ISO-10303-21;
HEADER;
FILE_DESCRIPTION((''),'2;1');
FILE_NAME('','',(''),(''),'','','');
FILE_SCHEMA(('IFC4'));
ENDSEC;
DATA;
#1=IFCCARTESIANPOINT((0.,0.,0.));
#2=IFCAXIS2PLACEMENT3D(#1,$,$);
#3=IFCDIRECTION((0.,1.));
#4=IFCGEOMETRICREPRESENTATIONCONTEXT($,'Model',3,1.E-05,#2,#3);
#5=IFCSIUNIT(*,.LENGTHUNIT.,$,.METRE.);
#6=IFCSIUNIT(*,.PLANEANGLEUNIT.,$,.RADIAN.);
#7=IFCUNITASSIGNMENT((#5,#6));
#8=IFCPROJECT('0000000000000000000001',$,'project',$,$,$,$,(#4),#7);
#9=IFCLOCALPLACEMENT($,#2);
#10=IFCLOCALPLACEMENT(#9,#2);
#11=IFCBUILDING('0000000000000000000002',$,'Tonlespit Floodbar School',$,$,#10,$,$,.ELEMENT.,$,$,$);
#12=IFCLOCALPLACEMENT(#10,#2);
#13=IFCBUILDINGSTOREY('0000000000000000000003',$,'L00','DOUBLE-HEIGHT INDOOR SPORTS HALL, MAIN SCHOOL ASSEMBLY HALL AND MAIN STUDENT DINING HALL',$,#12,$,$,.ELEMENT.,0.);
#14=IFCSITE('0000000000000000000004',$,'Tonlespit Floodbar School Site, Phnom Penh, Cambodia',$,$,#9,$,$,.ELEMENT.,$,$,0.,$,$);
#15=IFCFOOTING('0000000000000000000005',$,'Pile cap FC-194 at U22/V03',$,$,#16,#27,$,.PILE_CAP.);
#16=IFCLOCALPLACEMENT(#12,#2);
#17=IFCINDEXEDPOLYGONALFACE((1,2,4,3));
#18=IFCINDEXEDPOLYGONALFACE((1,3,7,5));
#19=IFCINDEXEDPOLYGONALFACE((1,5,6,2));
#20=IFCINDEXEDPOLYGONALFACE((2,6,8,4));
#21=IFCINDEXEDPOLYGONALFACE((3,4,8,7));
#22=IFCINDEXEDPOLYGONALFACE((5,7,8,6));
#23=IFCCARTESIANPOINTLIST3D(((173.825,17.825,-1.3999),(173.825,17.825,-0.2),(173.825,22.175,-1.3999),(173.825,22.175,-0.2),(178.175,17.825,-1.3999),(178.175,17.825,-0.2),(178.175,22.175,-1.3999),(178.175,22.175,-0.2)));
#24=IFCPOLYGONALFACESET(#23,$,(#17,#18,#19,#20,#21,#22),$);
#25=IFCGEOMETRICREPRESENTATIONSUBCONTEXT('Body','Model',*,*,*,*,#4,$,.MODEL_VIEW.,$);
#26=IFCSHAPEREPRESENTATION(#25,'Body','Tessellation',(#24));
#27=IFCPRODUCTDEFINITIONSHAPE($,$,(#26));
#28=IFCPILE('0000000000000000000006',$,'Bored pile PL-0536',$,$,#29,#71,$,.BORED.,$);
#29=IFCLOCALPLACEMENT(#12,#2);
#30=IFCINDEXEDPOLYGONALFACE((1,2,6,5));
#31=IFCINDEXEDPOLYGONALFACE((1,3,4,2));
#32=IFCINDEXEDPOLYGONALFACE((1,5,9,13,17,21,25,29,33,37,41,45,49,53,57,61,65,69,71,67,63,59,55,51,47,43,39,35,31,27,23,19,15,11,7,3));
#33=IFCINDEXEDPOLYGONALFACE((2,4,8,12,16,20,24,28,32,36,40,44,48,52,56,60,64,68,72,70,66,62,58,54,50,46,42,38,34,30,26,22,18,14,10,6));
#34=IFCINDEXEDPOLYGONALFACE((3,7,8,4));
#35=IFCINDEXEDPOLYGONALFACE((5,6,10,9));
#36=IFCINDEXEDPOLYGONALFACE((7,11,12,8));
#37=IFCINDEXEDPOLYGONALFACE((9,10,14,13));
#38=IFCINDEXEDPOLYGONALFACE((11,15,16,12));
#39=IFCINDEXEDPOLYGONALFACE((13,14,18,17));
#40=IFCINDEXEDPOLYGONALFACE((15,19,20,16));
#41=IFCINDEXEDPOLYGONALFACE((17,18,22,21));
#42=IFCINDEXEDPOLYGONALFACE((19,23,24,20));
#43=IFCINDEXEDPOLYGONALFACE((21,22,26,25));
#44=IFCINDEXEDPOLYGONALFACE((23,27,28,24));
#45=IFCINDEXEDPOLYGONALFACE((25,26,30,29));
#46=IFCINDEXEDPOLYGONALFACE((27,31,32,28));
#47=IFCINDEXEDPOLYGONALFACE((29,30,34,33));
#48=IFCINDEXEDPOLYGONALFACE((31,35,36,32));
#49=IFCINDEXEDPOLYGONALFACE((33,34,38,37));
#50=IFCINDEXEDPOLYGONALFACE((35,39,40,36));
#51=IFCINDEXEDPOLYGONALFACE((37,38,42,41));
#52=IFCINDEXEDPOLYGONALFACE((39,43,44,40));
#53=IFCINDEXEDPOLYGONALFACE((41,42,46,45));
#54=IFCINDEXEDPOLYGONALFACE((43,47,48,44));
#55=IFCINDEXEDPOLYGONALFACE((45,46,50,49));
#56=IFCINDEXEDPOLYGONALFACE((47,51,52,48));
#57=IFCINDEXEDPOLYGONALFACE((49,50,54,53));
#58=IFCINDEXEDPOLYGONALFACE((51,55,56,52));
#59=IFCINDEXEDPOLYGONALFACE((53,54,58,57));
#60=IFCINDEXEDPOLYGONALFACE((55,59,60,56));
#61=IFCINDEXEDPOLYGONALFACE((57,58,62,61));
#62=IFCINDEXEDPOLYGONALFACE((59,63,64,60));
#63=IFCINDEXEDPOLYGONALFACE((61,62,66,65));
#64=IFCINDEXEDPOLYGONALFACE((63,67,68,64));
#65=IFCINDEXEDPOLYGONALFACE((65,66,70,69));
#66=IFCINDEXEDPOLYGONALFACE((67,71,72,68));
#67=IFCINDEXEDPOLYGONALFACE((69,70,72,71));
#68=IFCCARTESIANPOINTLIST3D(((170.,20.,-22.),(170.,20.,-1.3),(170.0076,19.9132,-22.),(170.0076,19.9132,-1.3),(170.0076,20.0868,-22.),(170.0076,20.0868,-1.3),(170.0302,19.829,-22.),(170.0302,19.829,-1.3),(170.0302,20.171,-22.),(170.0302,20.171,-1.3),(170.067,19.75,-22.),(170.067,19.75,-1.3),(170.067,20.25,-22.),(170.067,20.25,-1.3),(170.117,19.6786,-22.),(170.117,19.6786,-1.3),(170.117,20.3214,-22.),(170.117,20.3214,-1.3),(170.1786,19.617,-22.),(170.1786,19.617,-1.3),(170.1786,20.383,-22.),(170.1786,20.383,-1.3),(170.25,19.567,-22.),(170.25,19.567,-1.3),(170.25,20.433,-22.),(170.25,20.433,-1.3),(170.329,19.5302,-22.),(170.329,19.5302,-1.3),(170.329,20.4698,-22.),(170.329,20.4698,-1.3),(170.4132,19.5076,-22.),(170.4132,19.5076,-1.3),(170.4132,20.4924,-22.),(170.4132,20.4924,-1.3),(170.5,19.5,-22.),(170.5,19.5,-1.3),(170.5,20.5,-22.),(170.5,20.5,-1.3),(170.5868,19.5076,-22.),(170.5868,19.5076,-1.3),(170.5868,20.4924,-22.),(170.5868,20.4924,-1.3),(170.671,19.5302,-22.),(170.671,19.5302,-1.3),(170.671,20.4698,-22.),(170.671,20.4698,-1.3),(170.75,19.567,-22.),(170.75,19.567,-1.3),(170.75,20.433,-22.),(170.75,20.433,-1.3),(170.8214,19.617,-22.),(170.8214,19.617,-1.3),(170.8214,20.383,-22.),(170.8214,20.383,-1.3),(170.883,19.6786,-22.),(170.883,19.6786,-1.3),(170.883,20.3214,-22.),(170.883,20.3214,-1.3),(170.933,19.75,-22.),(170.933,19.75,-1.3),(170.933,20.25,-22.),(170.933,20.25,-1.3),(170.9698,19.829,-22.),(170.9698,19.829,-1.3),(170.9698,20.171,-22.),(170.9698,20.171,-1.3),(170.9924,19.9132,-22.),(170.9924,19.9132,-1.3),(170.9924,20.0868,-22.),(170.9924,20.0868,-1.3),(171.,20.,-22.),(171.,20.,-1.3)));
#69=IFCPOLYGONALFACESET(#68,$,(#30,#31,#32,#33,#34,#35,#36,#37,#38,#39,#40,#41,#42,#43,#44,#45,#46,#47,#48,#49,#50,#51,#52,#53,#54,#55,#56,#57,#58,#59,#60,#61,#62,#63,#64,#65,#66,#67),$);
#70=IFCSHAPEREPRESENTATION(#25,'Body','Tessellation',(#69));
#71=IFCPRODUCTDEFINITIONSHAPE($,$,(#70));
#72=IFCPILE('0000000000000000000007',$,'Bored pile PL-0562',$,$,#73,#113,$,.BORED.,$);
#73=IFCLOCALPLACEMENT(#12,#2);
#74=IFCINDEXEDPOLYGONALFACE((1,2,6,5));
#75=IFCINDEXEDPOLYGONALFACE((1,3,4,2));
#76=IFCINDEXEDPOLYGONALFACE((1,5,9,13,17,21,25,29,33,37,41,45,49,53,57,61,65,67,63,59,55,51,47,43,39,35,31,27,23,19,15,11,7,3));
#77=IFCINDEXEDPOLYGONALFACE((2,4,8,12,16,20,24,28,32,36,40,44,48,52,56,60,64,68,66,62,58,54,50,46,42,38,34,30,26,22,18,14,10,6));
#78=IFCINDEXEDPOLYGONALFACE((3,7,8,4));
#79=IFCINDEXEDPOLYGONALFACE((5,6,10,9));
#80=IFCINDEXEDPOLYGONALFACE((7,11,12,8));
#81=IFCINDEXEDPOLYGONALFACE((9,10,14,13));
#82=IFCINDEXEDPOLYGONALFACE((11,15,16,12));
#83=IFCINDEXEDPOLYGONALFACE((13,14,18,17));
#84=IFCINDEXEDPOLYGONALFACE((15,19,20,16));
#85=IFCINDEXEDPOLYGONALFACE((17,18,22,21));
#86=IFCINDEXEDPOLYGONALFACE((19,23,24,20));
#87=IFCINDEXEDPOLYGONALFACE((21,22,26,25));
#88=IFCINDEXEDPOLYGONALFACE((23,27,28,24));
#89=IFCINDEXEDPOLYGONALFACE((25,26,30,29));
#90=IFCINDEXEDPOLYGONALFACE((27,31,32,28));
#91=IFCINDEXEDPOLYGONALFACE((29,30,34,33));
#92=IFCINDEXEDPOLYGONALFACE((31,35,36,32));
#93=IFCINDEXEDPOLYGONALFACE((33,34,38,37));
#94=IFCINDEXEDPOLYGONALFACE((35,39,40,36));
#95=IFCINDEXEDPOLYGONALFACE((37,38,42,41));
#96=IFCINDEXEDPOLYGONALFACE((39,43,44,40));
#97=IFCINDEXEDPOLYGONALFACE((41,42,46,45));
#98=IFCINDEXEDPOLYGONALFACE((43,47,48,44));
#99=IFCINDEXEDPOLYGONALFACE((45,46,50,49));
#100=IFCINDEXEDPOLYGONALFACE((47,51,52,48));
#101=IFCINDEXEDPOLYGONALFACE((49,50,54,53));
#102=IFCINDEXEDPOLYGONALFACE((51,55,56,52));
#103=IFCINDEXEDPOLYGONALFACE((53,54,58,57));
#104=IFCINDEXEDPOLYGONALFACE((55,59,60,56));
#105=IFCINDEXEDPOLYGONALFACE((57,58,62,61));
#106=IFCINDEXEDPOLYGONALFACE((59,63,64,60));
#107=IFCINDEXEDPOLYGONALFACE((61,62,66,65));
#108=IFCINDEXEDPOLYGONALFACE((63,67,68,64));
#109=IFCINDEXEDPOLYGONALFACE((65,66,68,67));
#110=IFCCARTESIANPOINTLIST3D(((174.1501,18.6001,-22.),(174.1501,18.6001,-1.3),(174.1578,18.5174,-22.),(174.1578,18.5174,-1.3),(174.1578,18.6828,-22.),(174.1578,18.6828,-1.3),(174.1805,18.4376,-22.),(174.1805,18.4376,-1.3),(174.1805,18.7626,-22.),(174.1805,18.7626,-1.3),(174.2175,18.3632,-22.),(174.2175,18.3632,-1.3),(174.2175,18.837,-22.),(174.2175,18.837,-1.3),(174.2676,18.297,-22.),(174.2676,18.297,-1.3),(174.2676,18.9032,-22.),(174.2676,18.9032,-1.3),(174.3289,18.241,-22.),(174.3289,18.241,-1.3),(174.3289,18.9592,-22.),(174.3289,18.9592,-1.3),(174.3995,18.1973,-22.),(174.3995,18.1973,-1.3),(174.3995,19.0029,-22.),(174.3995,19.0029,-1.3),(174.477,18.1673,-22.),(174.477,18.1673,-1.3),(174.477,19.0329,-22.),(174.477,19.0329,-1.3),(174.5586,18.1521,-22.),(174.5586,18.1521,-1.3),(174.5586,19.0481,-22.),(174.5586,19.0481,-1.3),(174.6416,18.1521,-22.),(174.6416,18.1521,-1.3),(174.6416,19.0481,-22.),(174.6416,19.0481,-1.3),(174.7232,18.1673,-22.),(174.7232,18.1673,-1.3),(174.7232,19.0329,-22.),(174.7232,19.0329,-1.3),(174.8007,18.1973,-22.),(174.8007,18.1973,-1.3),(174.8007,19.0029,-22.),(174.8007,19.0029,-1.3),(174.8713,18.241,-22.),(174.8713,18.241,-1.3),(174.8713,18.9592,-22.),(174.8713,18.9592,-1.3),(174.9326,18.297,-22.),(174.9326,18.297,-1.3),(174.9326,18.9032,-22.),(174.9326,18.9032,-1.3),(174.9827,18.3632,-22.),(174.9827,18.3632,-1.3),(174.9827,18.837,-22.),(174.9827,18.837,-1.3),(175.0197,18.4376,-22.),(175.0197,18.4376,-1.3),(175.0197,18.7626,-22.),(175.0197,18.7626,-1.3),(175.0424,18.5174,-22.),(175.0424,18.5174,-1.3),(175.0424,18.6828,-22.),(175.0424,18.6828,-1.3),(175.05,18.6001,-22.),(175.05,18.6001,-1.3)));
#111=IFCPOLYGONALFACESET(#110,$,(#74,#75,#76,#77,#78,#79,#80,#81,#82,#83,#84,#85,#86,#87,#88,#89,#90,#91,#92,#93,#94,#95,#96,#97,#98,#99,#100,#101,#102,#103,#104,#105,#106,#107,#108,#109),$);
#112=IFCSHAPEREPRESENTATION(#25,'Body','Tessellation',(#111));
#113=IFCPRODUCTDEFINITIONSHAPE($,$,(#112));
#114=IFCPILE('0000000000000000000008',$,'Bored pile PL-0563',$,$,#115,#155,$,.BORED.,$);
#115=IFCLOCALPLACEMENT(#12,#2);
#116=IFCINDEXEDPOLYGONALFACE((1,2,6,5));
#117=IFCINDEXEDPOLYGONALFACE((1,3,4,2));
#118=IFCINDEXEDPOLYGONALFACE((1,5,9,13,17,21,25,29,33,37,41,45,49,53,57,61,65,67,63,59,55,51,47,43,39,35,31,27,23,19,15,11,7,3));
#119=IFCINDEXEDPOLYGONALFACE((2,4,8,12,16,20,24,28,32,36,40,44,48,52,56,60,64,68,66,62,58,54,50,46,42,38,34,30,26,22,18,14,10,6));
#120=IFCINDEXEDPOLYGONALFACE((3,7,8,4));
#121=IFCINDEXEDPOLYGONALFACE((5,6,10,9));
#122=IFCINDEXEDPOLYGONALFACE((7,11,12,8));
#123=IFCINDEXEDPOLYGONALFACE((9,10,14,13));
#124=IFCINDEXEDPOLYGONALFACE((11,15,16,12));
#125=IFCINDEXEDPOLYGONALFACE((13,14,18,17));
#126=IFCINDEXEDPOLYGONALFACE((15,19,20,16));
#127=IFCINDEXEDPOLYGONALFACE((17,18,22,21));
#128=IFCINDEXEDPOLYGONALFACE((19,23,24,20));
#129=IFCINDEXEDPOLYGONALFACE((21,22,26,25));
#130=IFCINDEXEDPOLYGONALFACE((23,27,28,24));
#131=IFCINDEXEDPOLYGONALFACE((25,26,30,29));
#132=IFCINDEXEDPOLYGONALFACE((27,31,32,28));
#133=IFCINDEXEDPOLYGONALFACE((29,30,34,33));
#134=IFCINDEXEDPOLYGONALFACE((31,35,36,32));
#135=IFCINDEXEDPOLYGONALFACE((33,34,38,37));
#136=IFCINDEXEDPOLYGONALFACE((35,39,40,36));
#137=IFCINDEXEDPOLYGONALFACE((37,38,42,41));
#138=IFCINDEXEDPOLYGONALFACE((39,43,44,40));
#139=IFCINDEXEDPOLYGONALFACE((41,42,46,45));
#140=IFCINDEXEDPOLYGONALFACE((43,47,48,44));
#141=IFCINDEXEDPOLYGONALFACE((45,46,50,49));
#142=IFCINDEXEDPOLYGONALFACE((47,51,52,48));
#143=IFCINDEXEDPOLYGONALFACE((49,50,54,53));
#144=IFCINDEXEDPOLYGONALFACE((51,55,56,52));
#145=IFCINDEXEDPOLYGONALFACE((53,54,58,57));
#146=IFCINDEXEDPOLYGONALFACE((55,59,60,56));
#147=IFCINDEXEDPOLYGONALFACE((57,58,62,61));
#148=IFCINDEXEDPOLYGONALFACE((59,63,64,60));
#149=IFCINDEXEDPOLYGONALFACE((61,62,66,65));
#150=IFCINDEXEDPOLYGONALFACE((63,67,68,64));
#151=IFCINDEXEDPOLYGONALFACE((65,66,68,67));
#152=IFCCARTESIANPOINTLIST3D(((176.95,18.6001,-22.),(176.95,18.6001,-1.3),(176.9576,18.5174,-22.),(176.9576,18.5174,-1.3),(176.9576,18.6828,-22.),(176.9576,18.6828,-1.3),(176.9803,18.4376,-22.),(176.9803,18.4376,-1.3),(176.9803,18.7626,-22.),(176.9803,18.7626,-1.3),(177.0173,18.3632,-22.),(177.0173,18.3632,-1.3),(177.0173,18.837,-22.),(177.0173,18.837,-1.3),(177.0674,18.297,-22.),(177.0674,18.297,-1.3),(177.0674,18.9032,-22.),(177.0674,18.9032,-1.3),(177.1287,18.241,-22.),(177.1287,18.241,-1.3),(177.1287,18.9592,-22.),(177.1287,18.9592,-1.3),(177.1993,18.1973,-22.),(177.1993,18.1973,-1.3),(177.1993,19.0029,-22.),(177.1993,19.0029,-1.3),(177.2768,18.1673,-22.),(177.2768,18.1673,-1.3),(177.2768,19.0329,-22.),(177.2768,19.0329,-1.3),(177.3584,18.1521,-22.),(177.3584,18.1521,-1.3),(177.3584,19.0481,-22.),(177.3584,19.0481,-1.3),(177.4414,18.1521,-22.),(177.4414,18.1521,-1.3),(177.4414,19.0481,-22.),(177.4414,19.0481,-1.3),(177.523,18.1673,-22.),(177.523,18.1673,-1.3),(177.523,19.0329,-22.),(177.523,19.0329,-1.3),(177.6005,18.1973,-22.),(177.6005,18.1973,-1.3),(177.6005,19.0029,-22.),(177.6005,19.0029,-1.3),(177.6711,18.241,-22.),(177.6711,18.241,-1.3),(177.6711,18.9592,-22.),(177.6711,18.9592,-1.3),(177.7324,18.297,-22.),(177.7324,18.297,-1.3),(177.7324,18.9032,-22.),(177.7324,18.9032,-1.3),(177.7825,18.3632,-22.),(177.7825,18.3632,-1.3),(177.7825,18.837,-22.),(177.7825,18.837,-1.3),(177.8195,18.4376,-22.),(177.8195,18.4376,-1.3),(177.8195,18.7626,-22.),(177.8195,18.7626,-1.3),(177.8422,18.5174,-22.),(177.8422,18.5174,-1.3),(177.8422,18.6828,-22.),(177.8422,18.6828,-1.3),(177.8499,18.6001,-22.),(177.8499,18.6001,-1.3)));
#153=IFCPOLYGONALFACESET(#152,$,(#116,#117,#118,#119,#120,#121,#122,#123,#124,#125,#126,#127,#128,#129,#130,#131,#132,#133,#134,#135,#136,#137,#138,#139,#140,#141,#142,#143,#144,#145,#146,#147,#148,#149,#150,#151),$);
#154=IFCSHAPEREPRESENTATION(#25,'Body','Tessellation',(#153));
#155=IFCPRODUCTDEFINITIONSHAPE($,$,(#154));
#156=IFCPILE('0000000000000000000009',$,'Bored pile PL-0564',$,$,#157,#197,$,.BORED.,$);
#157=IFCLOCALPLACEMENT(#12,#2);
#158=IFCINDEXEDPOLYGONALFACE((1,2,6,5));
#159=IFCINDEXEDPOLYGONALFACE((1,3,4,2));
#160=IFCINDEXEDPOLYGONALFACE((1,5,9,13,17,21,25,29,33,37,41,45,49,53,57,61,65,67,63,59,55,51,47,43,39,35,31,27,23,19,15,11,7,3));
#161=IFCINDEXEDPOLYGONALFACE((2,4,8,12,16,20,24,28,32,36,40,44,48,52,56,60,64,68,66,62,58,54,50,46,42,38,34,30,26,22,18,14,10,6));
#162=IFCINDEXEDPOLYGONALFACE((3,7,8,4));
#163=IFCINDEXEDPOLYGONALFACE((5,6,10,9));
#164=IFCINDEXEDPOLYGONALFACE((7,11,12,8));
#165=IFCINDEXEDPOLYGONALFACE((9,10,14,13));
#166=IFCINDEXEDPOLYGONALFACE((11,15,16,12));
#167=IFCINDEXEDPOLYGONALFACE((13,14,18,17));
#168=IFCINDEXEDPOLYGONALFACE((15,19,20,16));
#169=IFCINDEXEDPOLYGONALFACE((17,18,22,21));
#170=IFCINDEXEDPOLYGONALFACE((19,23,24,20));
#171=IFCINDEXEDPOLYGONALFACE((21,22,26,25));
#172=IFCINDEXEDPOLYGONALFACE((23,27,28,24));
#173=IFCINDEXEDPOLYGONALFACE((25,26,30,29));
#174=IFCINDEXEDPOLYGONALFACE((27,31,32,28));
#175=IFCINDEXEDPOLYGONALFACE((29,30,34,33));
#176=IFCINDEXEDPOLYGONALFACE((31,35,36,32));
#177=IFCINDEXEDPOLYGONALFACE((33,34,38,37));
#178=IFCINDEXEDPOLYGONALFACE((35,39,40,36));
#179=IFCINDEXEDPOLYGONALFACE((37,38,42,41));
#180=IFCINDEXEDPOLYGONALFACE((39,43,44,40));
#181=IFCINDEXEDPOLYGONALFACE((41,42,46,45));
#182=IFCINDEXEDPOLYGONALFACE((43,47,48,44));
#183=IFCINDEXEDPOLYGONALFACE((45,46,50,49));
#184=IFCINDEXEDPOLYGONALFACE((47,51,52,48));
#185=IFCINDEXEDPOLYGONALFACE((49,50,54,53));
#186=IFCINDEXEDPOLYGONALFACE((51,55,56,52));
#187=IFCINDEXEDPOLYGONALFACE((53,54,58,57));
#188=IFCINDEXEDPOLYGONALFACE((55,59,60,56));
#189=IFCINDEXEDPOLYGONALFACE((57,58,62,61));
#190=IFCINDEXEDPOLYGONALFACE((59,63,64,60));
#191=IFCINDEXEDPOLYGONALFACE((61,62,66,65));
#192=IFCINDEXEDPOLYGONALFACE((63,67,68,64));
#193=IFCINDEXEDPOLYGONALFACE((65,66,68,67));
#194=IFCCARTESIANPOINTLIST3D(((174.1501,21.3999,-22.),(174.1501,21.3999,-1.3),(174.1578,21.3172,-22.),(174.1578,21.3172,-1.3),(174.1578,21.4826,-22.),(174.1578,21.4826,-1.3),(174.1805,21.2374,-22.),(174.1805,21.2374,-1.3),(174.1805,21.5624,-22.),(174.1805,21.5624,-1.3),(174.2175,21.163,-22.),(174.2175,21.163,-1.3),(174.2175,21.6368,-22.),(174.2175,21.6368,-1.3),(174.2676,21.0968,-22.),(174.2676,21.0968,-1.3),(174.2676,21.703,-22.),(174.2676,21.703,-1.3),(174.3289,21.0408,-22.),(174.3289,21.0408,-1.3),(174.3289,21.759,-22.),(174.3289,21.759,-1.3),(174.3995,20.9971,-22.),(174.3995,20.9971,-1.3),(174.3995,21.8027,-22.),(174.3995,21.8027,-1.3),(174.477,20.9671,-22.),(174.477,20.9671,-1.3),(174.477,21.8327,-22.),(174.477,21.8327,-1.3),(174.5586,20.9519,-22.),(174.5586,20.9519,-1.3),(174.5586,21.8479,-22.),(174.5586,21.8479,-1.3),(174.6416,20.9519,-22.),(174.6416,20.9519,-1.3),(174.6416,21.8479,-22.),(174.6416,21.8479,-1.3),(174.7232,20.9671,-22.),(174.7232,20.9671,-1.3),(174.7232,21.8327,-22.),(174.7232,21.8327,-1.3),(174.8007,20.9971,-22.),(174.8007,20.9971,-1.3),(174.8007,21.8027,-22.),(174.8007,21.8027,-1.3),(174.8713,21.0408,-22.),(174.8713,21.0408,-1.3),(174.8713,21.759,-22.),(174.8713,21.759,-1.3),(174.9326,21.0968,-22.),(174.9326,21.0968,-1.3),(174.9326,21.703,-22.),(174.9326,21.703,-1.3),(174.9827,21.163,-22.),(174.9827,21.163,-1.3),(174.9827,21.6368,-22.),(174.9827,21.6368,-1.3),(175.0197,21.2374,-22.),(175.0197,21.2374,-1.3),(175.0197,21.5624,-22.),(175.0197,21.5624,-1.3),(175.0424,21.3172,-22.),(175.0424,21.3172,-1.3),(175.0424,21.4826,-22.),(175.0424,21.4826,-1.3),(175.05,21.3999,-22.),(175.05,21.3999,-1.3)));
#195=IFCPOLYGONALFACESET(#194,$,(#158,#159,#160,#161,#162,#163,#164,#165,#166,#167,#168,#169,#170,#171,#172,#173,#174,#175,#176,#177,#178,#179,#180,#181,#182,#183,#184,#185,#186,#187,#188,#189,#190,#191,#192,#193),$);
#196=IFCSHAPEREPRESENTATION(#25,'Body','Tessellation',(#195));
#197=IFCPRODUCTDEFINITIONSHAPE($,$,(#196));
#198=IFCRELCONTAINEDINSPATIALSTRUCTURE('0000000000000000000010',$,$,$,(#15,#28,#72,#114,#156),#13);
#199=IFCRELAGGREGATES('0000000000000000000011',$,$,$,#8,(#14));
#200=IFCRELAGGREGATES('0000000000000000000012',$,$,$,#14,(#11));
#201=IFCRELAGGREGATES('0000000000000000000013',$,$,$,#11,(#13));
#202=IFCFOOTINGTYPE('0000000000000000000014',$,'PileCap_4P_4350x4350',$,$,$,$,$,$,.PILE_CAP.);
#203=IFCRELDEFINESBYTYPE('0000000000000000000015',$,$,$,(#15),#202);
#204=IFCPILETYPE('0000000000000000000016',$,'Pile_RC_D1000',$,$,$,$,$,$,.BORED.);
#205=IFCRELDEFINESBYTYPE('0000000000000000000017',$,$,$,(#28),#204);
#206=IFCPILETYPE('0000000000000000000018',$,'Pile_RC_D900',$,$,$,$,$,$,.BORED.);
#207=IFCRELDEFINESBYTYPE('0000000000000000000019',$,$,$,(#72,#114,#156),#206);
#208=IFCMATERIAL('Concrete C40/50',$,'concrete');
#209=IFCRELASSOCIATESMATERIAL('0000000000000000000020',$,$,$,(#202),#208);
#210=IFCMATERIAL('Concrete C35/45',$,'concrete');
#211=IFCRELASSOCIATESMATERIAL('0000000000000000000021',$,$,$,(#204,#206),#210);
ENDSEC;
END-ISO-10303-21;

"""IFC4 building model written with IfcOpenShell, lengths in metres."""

from ifc_helpers import new_model, si_unit, direction, frame, origin, origin_2d, place, context, subcontext, project, spatial, rectangle, circle, extrude, material, material_profile, profile_set, type_object, element, save


model = new_model("IFC4")

# Units and contexts
model_context = context("Model", 3, precision=1e-05, world=origin(), true_north=direction((0.0, 1.0)))
body_context = subcontext(model_context, "Body", "Model", "MODEL_VIEW")
ifc_project = project(units=[si_unit("LENGTHUNIT", "METRE"), si_unit("PLANEANGLEUNIT", "RADIAN")], contexts=[model_context])

# Site, building, storey
site_placement = place(None, origin())
site = spatial("IfcSite", under=ifc_project, at=site_placement, Name="Tonlespit Floodbar School Site, Phnom Penh, Cambodia", CompositionType="ELEMENT", RefElevation=0.0)
building_placement = place(site_placement, origin())
building = spatial("IfcBuilding", under=site, at=building_placement, Name="Tonlespit Floodbar School", CompositionType="ELEMENT")
storey_placement = place(building_placement, origin())
storey = spatial("IfcBuildingStorey", under=building, at=storey_placement, Name="L00", Description="DOUBLE-HEIGHT INDOOR SPORTS HALL, MAIN SCHOOL ASSEMBLY HALL AND MAIN STUDENT DINING HALL", CompositionType="ELEMENT", Elevation=0.0)

# Footing
ifc_material_1 = material(Name="Concrete C40/50", Category="concrete")
footing_type_1 = type_object("IfcFootingType", Name="PileCap_4P_4350x4350", PredefinedType="PILE_CAP", material=ifc_material_1)
footing_1_placement = place(storey_placement, frame((176.0, 20.0, -1.3999), z_axis=(0.0, 0.0, 1.0), x_axis=(1.0, 0.0, 0.0)))
element("IfcFooting", 1, at=footing_1_placement, inside=storey, type_object=footing_type_1, Name="Pile cap FC-194 at U22/V03", PredefinedType="PILE_CAP", context=body_context, shape_type="SweptSolid", body=[
    extrude(rectangle(XDim=4.3501, YDim=4.3501, at=origin_2d()), origin(), (0.0, 0.0, 1.0), 1.2),
])

# Piles
ifc_material_2 = material(Name="Concrete C35/45", Category="concrete")
ifc_material_profile_1 = material_profile(ifc_material_2, circle(Radius=0.5, at=origin_2d()), Name="BP D1000")
ifc_profile_set_1 = profile_set([ifc_material_profile_1], Name="Concrete C35/45")
pile_type_1 = type_object("IfcPileType", Name="Pile_RC_D1000", PredefinedType="BORED", material=ifc_profile_set_1)
pile_placement = place(storey_placement, frame((170.5, 20.0, -1.3), z_axis=(0.0, 0.0, -1.0), x_axis=(1.0, 0.0, 0.0)))
element("IfcPile", 2, at=pile_placement, inside=storey, type_object=pile_type_1, Name="Bored pile PL-0536", PredefinedType="BORED", context=body_context, shape_type="SweptSolid", body=[
    extrude(circle(Radius=0.5, at=origin_2d()), origin(), (0.0, 0.0, 1.0), 20.7),
])
ifc_material_profile_2 = material_profile(ifc_material_2, circle(Radius=0.45, at=origin_2d()), Name="BP D900")
ifc_profile_set_2 = profile_set([ifc_material_profile_2], Name="Concrete C35/45")
pile_type_2 = type_object("IfcPileType", Name="Pile_RC_D900", PredefinedType="BORED", material=ifc_profile_set_2)
for number, where, z_axis, x_axis, name in (
    (3, (174.6001, 18.6001, -1.3), (0.0, 0.0, -1.0), (1.0, 0.0, 0.0), "Bored pile PL-0562"),
    (4, (177.3999, 18.6001, -1.3), (0.0, 0.0, -1.0), (1.0, 0.0, 0.0), "Bored pile PL-0563"),
    (5, (174.6001, 21.3999, -1.3), (0.0, 0.0, -1.0), (1.0, 0.0, 0.0), "Bored pile PL-0564"),
):
    element("IfcPile", number, at=place(storey_placement, frame(where, z_axis=z_axis, x_axis=x_axis)), inside=storey, type_object=pile_type_2, Name=name, PredefinedType="BORED", context=body_context, shape_type="SweptSolid", body=[
        extrude(circle(Radius=0.45, at=origin_2d()), origin(), (0.0, 0.0, 1.0), 20.7),
    ])

save(model, "model.ifc")
